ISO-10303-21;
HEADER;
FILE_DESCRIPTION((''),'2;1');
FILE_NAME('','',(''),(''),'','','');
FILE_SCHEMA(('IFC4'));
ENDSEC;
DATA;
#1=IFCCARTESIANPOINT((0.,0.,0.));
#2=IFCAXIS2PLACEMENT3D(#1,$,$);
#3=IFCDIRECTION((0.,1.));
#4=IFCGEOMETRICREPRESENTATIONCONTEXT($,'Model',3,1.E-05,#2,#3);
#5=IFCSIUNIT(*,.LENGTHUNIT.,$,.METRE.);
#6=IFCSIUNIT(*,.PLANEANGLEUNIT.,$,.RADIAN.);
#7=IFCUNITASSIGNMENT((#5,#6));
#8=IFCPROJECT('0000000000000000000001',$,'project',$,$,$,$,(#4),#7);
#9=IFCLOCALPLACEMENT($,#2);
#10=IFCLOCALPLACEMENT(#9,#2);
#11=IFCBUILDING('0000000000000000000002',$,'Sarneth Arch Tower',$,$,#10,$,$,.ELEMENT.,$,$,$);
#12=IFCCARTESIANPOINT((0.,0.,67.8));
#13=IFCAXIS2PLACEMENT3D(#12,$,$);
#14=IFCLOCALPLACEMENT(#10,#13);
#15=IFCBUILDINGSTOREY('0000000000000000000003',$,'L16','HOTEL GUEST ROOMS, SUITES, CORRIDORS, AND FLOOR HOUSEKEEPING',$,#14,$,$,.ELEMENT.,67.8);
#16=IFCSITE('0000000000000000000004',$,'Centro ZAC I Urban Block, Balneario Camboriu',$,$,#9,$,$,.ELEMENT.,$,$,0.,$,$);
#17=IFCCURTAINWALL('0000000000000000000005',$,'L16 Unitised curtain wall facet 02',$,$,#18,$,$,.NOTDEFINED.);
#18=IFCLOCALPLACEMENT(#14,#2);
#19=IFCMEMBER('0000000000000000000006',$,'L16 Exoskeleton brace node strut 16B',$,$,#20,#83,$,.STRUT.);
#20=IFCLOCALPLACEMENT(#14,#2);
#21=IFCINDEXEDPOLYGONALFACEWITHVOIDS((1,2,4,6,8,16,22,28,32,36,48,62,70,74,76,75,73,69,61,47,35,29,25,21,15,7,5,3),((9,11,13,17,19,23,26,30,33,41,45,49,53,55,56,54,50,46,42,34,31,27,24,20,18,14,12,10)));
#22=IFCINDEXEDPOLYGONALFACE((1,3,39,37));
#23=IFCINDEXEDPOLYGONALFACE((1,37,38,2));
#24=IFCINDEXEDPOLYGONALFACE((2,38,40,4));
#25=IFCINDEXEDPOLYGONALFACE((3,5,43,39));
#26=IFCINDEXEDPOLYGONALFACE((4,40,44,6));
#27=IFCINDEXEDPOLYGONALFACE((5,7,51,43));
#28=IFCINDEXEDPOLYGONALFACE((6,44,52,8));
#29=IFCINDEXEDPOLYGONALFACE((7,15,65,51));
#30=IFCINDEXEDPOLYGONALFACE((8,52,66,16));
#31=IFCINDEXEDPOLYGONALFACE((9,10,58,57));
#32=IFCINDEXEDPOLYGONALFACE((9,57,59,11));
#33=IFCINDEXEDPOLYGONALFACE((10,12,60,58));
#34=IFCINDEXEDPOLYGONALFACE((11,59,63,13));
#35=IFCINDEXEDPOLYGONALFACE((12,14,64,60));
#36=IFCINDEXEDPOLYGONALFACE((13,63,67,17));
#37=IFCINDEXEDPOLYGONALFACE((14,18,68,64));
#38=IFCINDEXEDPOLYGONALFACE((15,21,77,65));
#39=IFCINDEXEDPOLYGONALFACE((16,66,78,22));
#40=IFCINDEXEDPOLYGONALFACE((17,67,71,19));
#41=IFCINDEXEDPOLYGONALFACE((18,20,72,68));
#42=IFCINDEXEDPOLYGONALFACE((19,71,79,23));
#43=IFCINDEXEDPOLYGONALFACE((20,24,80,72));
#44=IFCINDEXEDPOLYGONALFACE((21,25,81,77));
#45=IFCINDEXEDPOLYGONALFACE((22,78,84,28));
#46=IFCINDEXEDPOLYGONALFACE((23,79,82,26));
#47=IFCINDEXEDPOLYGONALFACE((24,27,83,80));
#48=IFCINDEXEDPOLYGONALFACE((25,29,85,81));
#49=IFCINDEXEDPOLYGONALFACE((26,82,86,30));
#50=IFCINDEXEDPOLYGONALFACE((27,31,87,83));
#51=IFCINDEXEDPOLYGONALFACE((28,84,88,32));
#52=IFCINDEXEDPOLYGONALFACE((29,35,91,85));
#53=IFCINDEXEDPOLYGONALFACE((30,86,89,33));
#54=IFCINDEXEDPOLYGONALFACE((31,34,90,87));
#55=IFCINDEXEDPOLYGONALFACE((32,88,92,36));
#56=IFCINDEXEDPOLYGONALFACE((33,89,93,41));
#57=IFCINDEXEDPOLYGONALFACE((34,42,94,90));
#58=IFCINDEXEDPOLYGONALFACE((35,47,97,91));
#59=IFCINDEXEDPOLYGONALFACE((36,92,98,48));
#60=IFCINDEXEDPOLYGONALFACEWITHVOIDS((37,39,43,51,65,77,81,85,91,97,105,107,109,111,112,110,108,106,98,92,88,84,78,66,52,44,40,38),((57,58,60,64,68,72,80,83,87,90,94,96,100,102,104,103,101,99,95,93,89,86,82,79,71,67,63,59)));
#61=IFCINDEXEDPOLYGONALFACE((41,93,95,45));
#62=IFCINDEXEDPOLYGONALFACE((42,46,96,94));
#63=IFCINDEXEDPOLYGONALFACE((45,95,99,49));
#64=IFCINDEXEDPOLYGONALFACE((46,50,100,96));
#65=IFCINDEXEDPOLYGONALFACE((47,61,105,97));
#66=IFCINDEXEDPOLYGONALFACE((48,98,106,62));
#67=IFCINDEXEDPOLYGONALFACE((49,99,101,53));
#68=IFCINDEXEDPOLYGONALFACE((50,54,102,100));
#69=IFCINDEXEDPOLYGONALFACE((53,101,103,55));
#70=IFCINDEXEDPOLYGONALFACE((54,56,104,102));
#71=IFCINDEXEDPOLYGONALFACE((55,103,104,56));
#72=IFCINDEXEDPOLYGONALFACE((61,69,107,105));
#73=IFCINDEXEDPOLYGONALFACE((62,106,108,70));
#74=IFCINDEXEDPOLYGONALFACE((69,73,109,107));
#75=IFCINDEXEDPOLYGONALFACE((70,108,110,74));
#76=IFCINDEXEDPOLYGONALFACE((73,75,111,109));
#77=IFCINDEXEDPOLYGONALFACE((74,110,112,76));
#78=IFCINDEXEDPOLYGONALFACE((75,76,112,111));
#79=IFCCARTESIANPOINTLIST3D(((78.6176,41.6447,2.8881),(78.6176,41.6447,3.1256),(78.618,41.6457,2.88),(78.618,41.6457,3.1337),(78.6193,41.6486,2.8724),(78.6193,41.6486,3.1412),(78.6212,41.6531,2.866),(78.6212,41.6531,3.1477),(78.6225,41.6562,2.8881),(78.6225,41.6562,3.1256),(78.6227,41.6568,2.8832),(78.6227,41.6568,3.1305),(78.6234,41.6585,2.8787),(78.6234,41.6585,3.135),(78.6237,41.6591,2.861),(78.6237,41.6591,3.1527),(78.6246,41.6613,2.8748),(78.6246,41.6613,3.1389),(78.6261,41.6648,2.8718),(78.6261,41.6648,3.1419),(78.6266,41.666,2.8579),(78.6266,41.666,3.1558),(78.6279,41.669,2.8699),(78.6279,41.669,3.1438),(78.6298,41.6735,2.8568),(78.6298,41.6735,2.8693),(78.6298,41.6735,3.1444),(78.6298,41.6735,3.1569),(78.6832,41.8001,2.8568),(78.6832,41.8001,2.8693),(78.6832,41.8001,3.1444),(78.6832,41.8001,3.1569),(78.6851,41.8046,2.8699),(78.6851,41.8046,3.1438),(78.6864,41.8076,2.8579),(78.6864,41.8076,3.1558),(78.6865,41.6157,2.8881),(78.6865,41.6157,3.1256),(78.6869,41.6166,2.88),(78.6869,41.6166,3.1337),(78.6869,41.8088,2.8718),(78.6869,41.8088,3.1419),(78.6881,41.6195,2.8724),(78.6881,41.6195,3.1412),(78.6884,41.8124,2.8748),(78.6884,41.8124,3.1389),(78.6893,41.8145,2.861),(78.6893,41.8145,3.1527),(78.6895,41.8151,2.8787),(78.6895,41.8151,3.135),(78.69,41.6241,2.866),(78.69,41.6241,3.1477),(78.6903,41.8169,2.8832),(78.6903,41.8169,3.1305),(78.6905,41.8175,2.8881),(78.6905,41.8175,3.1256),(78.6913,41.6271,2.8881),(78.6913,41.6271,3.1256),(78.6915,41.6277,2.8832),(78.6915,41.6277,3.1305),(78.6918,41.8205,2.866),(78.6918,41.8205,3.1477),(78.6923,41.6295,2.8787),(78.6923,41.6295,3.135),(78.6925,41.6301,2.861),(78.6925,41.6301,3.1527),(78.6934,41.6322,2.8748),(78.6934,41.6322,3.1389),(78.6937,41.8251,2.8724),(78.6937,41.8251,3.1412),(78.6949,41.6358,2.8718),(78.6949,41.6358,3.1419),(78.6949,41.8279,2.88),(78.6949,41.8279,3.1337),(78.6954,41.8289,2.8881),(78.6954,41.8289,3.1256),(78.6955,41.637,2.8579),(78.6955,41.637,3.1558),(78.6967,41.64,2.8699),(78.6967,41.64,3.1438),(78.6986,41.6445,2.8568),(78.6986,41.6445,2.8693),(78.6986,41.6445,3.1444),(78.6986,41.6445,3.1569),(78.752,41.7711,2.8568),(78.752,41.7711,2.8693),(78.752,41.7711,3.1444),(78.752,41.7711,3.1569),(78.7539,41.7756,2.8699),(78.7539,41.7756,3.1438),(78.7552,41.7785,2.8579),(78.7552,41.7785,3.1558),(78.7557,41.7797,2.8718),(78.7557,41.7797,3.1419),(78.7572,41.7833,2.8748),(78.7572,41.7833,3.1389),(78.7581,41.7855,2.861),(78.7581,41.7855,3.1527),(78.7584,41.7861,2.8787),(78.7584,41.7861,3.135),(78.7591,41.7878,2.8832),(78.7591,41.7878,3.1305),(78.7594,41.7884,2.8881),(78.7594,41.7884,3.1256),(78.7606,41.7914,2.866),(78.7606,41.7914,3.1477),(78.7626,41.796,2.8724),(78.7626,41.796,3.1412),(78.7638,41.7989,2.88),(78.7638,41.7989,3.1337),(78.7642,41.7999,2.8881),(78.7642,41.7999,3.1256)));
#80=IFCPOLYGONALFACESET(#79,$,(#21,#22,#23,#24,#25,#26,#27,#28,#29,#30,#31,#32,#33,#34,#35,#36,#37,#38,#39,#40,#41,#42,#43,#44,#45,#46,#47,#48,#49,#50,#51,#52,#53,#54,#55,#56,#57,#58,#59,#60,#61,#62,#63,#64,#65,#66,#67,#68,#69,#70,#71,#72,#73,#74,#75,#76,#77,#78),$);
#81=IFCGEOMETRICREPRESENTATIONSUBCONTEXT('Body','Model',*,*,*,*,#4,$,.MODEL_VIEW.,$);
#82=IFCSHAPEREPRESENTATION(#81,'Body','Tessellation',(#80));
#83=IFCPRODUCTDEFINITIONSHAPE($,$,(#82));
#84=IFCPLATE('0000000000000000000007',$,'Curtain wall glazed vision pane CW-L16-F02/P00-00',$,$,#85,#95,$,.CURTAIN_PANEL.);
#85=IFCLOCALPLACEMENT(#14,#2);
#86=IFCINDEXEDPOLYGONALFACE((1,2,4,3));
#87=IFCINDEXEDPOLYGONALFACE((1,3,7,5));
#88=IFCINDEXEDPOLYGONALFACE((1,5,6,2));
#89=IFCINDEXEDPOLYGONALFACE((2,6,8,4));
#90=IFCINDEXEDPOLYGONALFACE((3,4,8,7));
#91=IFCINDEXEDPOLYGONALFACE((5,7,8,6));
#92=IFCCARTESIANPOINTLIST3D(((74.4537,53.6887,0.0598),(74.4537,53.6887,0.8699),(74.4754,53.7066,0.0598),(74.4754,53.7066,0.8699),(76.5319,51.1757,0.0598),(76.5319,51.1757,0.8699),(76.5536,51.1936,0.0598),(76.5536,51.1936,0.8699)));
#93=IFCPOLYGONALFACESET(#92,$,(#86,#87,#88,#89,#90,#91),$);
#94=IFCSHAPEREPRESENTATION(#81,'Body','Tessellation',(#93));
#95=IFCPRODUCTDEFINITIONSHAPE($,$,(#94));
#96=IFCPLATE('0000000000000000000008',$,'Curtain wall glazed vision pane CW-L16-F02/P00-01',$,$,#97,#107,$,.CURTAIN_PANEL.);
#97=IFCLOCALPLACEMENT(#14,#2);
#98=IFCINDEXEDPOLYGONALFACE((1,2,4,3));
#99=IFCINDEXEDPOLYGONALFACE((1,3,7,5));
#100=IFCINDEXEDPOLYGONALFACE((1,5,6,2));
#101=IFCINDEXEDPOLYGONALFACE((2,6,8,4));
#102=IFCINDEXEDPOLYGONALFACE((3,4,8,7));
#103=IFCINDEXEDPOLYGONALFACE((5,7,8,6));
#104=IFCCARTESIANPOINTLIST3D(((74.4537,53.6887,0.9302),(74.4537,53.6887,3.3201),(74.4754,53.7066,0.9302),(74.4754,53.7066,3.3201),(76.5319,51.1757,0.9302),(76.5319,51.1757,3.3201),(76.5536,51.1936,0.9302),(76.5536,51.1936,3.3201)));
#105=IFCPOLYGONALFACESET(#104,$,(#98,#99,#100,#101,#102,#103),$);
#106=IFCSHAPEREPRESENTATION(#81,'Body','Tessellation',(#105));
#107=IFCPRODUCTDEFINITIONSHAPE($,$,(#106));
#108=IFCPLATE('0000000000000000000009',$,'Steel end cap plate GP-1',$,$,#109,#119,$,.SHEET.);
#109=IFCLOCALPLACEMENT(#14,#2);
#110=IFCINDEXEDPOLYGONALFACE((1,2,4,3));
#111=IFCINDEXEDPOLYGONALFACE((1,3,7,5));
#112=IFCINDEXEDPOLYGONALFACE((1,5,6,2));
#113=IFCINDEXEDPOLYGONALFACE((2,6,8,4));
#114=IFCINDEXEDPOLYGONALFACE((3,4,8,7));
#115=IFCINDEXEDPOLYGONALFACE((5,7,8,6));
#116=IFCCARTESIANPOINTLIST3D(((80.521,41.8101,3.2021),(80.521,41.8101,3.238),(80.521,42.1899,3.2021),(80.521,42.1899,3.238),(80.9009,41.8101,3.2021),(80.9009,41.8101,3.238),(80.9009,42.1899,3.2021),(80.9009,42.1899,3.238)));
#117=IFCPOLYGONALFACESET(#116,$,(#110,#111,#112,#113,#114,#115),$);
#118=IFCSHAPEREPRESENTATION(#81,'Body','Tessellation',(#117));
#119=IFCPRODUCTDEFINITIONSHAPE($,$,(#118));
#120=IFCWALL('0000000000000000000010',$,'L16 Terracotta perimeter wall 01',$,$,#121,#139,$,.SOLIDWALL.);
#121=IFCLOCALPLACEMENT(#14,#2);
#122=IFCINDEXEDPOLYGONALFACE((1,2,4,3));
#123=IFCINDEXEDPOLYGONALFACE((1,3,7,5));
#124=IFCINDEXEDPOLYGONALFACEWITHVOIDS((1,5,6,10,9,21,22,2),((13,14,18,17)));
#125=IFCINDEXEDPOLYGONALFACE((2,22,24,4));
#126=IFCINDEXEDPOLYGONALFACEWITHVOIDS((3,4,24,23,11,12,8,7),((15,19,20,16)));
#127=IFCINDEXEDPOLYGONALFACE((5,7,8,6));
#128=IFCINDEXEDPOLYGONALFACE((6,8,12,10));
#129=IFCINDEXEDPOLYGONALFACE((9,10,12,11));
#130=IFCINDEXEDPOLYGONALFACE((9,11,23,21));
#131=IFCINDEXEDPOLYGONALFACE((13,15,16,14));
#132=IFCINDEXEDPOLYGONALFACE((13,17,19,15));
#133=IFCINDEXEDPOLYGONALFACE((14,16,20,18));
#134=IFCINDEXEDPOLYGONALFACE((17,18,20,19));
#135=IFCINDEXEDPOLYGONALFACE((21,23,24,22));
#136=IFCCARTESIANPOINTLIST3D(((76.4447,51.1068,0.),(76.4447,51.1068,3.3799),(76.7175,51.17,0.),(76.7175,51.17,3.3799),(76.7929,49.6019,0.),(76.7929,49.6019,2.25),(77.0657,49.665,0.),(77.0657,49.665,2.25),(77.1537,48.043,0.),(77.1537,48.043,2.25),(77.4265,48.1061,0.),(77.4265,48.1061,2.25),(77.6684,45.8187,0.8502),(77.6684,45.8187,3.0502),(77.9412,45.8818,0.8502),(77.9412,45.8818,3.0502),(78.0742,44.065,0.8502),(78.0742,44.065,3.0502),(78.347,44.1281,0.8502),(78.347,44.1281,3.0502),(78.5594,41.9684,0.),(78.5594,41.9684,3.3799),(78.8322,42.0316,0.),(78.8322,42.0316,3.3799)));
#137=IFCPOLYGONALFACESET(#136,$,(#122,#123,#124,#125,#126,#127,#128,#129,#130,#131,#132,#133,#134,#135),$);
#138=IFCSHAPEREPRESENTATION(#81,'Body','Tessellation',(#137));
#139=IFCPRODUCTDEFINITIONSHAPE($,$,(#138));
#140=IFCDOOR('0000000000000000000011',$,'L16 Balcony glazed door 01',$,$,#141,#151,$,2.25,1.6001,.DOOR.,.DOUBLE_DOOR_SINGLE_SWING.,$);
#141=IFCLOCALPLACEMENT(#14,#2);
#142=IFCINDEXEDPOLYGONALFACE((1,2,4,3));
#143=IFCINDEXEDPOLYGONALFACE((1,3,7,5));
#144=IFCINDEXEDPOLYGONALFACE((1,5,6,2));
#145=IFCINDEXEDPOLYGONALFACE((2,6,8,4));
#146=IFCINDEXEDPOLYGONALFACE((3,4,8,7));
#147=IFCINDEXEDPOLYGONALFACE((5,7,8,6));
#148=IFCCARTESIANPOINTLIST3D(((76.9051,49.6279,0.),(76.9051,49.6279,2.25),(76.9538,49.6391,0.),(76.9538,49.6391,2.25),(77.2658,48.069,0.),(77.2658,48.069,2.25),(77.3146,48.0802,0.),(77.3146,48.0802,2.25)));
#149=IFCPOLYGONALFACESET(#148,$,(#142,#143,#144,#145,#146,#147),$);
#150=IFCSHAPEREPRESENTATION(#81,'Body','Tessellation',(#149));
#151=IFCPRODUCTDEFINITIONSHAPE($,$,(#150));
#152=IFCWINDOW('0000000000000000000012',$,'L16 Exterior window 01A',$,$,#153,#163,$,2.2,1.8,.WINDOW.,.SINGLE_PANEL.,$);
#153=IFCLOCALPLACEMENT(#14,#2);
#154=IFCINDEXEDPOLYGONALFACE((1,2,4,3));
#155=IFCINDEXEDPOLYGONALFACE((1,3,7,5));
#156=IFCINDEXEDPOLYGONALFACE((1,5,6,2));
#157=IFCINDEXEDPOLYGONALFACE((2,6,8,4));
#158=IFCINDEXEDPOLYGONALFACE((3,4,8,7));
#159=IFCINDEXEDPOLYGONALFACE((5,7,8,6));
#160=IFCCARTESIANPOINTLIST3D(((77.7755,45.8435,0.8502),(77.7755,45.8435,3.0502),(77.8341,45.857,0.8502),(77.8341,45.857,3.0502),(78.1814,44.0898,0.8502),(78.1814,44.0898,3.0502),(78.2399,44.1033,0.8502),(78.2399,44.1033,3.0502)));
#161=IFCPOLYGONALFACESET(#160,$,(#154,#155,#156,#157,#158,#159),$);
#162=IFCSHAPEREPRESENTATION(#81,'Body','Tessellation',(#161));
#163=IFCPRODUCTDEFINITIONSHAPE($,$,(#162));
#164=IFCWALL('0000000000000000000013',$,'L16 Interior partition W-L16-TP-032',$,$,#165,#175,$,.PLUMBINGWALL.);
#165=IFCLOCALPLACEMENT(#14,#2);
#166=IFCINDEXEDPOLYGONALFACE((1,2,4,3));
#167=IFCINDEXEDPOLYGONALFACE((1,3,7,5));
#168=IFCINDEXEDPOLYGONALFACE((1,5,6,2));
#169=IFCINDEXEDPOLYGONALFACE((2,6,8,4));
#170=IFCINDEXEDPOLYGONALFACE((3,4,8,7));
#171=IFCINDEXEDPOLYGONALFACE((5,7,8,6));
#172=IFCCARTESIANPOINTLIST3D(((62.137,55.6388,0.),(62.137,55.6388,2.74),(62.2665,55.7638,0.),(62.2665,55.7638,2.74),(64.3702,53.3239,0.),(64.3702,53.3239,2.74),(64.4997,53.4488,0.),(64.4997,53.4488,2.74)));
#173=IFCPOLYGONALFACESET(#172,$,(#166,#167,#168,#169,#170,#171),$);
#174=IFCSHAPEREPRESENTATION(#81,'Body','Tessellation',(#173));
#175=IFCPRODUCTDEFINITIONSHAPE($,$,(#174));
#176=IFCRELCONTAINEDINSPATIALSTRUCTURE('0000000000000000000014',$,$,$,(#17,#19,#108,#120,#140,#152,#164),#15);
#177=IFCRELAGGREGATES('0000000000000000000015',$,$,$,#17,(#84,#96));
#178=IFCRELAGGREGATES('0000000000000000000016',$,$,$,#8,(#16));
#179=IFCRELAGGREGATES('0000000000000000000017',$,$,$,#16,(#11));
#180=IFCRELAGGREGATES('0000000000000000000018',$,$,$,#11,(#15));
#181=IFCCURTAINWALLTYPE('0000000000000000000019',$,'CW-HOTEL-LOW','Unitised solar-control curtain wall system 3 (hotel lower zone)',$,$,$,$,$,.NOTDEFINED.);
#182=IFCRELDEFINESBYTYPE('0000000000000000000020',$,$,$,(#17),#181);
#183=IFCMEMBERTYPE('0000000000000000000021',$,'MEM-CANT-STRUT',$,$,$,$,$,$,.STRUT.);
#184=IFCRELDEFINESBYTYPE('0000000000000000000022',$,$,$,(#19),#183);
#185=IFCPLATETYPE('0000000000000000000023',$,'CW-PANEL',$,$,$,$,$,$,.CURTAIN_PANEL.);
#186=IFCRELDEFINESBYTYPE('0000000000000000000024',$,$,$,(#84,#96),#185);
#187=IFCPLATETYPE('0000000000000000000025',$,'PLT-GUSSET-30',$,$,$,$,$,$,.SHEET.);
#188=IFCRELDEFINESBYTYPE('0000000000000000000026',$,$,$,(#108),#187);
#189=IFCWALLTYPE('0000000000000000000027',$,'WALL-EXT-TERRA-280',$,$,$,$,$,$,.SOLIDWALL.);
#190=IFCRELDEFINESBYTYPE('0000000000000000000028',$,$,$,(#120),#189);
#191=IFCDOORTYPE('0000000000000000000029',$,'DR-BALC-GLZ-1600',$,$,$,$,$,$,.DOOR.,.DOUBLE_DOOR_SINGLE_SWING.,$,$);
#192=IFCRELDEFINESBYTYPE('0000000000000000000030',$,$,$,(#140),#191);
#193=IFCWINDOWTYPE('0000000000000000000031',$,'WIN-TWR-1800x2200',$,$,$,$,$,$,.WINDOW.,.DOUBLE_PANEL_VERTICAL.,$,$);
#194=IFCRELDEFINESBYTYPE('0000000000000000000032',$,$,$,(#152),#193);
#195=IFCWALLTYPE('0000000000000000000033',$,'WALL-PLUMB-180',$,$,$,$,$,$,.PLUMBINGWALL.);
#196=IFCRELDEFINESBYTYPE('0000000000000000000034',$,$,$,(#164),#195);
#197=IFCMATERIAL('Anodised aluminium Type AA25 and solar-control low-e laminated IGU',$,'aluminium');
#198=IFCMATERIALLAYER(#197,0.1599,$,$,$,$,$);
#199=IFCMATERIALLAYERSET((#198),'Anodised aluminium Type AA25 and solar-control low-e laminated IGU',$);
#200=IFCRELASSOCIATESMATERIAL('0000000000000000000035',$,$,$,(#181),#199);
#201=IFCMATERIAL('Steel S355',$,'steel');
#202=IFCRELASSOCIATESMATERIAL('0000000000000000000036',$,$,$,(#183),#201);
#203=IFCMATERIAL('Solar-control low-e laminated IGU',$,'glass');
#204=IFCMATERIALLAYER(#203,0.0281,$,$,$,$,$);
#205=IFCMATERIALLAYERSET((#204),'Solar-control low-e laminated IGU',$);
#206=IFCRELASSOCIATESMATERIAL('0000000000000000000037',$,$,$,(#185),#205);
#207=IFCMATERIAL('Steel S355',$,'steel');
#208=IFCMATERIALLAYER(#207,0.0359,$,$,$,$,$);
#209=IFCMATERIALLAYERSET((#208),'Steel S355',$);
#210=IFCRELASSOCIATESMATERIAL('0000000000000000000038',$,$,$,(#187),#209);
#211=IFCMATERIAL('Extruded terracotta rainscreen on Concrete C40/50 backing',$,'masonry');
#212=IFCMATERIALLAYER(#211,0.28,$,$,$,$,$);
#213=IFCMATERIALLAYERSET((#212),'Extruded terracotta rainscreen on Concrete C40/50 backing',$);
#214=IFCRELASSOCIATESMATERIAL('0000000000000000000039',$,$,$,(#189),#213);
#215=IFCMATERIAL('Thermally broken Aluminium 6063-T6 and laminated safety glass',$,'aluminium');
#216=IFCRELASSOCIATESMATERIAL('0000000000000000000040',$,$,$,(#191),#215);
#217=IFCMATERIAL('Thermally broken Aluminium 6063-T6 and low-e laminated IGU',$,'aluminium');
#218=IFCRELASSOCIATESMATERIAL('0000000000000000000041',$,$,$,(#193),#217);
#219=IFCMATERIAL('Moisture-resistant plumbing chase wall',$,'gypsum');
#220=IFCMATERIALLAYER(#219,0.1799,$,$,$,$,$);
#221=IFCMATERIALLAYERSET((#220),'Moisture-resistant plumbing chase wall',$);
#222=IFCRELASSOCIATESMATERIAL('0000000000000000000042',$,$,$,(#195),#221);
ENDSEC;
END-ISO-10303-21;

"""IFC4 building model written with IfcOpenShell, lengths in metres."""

from ifc_helpers import new_model, si_unit, direction, frame, frame_2d, origin, origin_2d, place, context, subcontext, project, spatial, rectangle, hollow_rectangle, extrude, material, layer, layer_set, material_profile, profile_set, type_object, element, fill, aggregate, save


model = new_model("IFC4")

# Units and contexts
model_context = context("Model", 3, precision=1e-05, world=origin(), true_north=direction((0.0, 1.0)))
body_context = subcontext(model_context, "Body", "Model", "MODEL_VIEW")
ifc_project = project(units=[si_unit("LENGTHUNIT", "METRE"), si_unit("PLANEANGLEUNIT", "RADIAN")], contexts=[model_context])

# Site, building, storey
site_placement = place(None, origin())
site = spatial("IfcSite", under=ifc_project, at=site_placement, Name="Centro ZAC I Urban Block, Balneario Camboriu", CompositionType="ELEMENT", RefElevation=0.0)
building_placement = place(site_placement, origin())
building = spatial("IfcBuilding", under=site, at=building_placement, Name="Sarneth Arch Tower", CompositionType="ELEMENT")
storey_placement = place(building_placement, frame((0.0, 0.0, 67.8)))
storey = spatial("IfcBuildingStorey", under=building, at=storey_placement, Name="L16", Description="HOTEL GUEST ROOMS, SUITES, CORRIDORS, AND FLOOR HOUSEKEEPING", CompositionType="ELEMENT", Elevation=67.8)

# Curtain wall
ifc_material_1 = material(Name="Anodised aluminium Type AA25 and solar-control low-e laminated IGU", Category="aluminium")
ifc_layer_1 = layer(ifc_material_1, 0.1599)
ifc_layer_set_1 = layer_set([ifc_layer_1], Name="Anodised aluminium Type AA25 and solar-control low-e laminated IGU")
curtain_wall_type = type_object("IfcCurtainWallType", Name="CW-HOTEL-LOW", Description="Unitised solar-control curtain wall system 3 (hotel lower zone)", PredefinedType="NOTDEFINED", material=ifc_layer_set_1)
curtain_wall_placement = place(storey_placement, origin())
curtain_wall = element("IfcCurtainWall", 1, at=curtain_wall_placement, inside=storey, type_object=curtain_wall_type, Name="L16 Unitised curtain wall facet 02", PredefinedType="NOTDEFINED")

# Member
ifc_material_2 = material(Name="Steel S355", Category="steel")
ifc_material_profile_1 = material_profile(ifc_material_2, hollow_rectangle(XDim=0.2, YDim=0.3, WallThickness=0.0125, InnerFilletRadius=0.0188, OuterFilletRadius=0.0312, at=origin_2d()), Name="RHS300x200x12.5")
ifc_profile_set_1 = profile_set([ifc_material_profile_1], Name="Steel S355")
member_type_1 = type_object("IfcMemberType", Name="MEM-CANT-STRUT", PredefinedType="STRUT", material=ifc_profile_set_1)
member_1_placement = place(storey_placement, frame((78.6565, 41.7368, 3.0068), z_axis=(0.921328, -0.388787, 0.0), x_axis=(0.388787, 0.921328, 0.0)))
element("IfcMember", 2, at=member_1_placement, inside=storey, type_object=member_type_1, Name="L16 Exoskeleton brace node strut 16B", PredefinedType="STRUT", context=body_context, shape_type="SweptSolid", body=[
    extrude(hollow_rectangle(XDim=0.2, YDim=0.3, WallThickness=0.0125, InnerFilletRadius=0.0188, OuterFilletRadius=0.0312, at=origin_2d()), origin(), (0.0, 0.0, 1.0), 0.0747),
])

# Plates
ifc_material_3 = material(Name="Solar-control low-e laminated IGU", Category="glass")
ifc_layer_2 = layer(ifc_material_3, 0.0281)
ifc_layer_set_2 = layer_set([ifc_layer_2], Name="Solar-control low-e laminated IGU")
plate_type_1 = type_object("IfcPlateType", Name="CW-PANEL", PredefinedType="CURTAIN_PANEL", material=ifc_layer_set_2)
plate_1_placement = place(storey_placement, frame((75.5037, 52.4412, 0.0598), z_axis=(0.0, 0.0, 1.0), x_axis=(-0.637291, 0.770623, 0.0)))
plate_1 = element("IfcPlate", 3, at=plate_1_placement, type_object=plate_type_1, Name="Curtain wall glazed vision pane CW-L16-F02/P00-00", PredefinedType="CURTAIN_PANEL", context=body_context, shape_type="SweptSolid", body=[
    extrude(rectangle(XDim=3.261, YDim=0.0281, at=origin_2d()), origin(), (0.0, 0.0, 1.0), 0.8101),
])
plate_2_placement = place(storey_placement, frame((75.5037, 52.4412, 0.9302), z_axis=(0.0, 0.0, 1.0), x_axis=(-0.637291, 0.770623, 0.0)))
plate_2 = element("IfcPlate", 4, at=plate_2_placement, type_object=plate_type_1, Name="Curtain wall glazed vision pane CW-L16-F02/P00-01", PredefinedType="CURTAIN_PANEL", context=body_context, shape_type="SweptSolid", body=[
    extrude(rectangle(XDim=3.261, YDim=0.0281, at=origin_2d()), origin(), (0.0, 0.0, 1.0), 2.3899),
])
aggregate(curtain_wall, [plate_1, plate_2])
ifc_material_4 = material(Name="Steel S355", Category="steel")
ifc_layer_3 = layer(ifc_material_4, 0.0359)
ifc_layer_set_3 = layer_set([ifc_layer_3], Name="Steel S355")
plate_type_2 = type_object("IfcPlateType", Name="PLT-GUSSET-30", PredefinedType="SHEET", material=ifc_layer_set_3)
plate_3_placement = place(storey_placement, frame((80.7109, 42.0, 3.2021), z_axis=(0.0, 0.0, 1.0), x_axis=(1.0, 0.0, 0.0)))
element("IfcPlate", 5, at=plate_3_placement, inside=storey, type_object=plate_type_2, Name="Steel end cap plate GP-1", PredefinedType="SHEET", context=body_context, shape_type="SweptSolid", body=[
    extrude(rectangle(XDim=0.3799, YDim=0.3799, at=origin_2d()), origin(), (0.0, 0.0, 1.0), 0.0359),
])

# Wall, openings, door, window
ifc_material_5 = material(Name="Extruded terracotta rainscreen on Concrete C40/50 backing", Category="masonry")
ifc_layer_4 = layer(ifc_material_5, 0.28)
ifc_layer_set_4 = layer_set([ifc_layer_4], Name="Extruded terracotta rainscreen on Concrete C40/50 backing")
wall_type_1 = type_object("IfcWallType", Name="WALL-EXT-TERRA-280", PredefinedType="SOLIDWALL", material=ifc_layer_set_4)
wall_1_placement = place(storey_placement, frame((78.6958, 42.0, 0.0), z_axis=(0.0, 0.0, 1.0), x_axis=(-0.225454, 0.974254, 0.0)))
wall_1 = element("IfcWall", 6, at=wall_1_placement, inside=storey, type_object=wall_type_1, Name="L16 Terracotta perimeter wall 01", PredefinedType="SOLIDWALL", context=body_context, shape_type="SweptSolid", body=[
    extrude(rectangle(XDim=9.3799, YDim=0.28, at=frame_2d((4.6899, 0.0))), origin(), (0.0, 0.0, 1.0), 3.3799),
])
opening_1_placement = place(wall_1_placement, frame((2.1521, 0.0, 0.8501)))
opening_1 = element("IfcOpeningElement", 7, at=opening_1_placement, cuts=wall_1, PredefinedType="OPENING", context=body_context, shape_type="SweptSolid", body=[
    extrude(rectangle(XDim=1.8, YDim=2.2, at=frame_2d((0.8999, 1.1001))), frame((0.0, 0.1499, 0.0), z_axis=(0.0, -1.0, 0.0), x_axis=(1.0, 0.0, 0.0)), (0.0, 0.0, 1.0), 0.3),
])
opening_2_placement = place(wall_1_placement, frame((6.2351, 0.0, 0.0)))
opening_2 = element("IfcOpeningElement", 8, at=opening_2_placement, cuts=wall_1, PredefinedType="OPENING", context=body_context, shape_type="SweptSolid", body=[
    extrude(rectangle(XDim=1.6001, YDim=2.25, at=frame_2d((0.8, 1.125))), frame((0.0, 0.1499, 0.0), z_axis=(0.0, -1.0, 0.0), x_axis=(1.0, 0.0, 0.0)), (0.0, 0.0, 1.0), 0.3),
])
ifc_material_6 = material(Name="Thermally broken Aluminium 6063-T6 and laminated safety glass", Category="aluminium")
door_type = type_object("IfcDoorType", Name="DR-BALC-GLZ-1600", OperationType="DOUBLE_DOOR_SINGLE_SWING", PredefinedType="DOOR", material=ifc_material_6)
door_placement = place(opening_2_placement, origin())
door = element("IfcDoor", 9, at=door_placement, inside=storey, type_object=door_type, Name="L16 Balcony glazed door 01", OperationType="DOUBLE_DOOR_SINGLE_SWING", OverallHeight=2.25, OverallWidth=1.6001, PredefinedType="DOOR", context=body_context, shape_type="SweptSolid", body=[
    extrude(rectangle(XDim=1.6001, YDim=2.25, at=frame_2d((0.8, 1.125))), frame((0.0, 0.0249, 0.0), z_axis=(0.0, -1.0, 0.0), x_axis=(1.0, 0.0, 0.0)), (0.0, 0.0, 1.0), 0.05),
])
fill(opening_2, door)
ifc_material_7 = material(Name="Thermally broken Aluminium 6063-T6 and low-e laminated IGU", Category="aluminium")
window_type = type_object("IfcWindowType", Name="WIN-TWR-1800x2200", PartitioningType="DOUBLE_PANEL_VERTICAL", PredefinedType="WINDOW", material=ifc_material_7)
window_placement = place(opening_1_placement, origin())
window = element("IfcWindow", 10, at=window_placement, inside=storey, type_object=window_type, Name="L16 Exterior window 01A", OverallHeight=2.2, OverallWidth=1.8, PartitioningType="SINGLE_PANEL", PredefinedType="WINDOW", context=body_context, shape_type="SweptSolid", body=[
    extrude(rectangle(XDim=1.8, YDim=2.2, at=frame_2d((0.8999, 1.1001))), frame((0.0, 0.03, 0.0), z_axis=(0.0, -1.0, 0.0), x_axis=(1.0, 0.0, 0.0)), (0.0, 0.0, 1.0), 0.0601),
])
fill(opening_1, window)

# Wall
ifc_material_8 = material(Name="Moisture-resistant plumbing chase wall", Category="gypsum")
ifc_layer_5 = layer(ifc_material_8, 0.1799)
ifc_layer_set_5 = layer_set([ifc_layer_5], Name="Moisture-resistant plumbing chase wall")
wall_type_2 = type_object("IfcWallType", Name="WALL-PLUMB-180", PredefinedType="PLUMBINGWALL", material=ifc_layer_set_5)
wall_2_placement = place(storey_placement, frame((64.4351, 53.3862, 0.0), z_axis=(0.0, 0.0, 1.0), x_axis=(-0.694279, 0.719706, 0.0)))
element("IfcWall", 11, at=wall_2_placement, inside=storey, type_object=wall_type_2, Name="L16 Interior partition W-L16-TP-032", PredefinedType="PLUMBINGWALL", context=body_context, shape_type="SweptSolid", body=[
    extrude(rectangle(XDim=3.2166, YDim=0.1799, at=frame_2d((1.6084, 0.0))), origin(), (0.0, 0.0, 1.0), 2.74),
])

save(model, "model.ifc")
